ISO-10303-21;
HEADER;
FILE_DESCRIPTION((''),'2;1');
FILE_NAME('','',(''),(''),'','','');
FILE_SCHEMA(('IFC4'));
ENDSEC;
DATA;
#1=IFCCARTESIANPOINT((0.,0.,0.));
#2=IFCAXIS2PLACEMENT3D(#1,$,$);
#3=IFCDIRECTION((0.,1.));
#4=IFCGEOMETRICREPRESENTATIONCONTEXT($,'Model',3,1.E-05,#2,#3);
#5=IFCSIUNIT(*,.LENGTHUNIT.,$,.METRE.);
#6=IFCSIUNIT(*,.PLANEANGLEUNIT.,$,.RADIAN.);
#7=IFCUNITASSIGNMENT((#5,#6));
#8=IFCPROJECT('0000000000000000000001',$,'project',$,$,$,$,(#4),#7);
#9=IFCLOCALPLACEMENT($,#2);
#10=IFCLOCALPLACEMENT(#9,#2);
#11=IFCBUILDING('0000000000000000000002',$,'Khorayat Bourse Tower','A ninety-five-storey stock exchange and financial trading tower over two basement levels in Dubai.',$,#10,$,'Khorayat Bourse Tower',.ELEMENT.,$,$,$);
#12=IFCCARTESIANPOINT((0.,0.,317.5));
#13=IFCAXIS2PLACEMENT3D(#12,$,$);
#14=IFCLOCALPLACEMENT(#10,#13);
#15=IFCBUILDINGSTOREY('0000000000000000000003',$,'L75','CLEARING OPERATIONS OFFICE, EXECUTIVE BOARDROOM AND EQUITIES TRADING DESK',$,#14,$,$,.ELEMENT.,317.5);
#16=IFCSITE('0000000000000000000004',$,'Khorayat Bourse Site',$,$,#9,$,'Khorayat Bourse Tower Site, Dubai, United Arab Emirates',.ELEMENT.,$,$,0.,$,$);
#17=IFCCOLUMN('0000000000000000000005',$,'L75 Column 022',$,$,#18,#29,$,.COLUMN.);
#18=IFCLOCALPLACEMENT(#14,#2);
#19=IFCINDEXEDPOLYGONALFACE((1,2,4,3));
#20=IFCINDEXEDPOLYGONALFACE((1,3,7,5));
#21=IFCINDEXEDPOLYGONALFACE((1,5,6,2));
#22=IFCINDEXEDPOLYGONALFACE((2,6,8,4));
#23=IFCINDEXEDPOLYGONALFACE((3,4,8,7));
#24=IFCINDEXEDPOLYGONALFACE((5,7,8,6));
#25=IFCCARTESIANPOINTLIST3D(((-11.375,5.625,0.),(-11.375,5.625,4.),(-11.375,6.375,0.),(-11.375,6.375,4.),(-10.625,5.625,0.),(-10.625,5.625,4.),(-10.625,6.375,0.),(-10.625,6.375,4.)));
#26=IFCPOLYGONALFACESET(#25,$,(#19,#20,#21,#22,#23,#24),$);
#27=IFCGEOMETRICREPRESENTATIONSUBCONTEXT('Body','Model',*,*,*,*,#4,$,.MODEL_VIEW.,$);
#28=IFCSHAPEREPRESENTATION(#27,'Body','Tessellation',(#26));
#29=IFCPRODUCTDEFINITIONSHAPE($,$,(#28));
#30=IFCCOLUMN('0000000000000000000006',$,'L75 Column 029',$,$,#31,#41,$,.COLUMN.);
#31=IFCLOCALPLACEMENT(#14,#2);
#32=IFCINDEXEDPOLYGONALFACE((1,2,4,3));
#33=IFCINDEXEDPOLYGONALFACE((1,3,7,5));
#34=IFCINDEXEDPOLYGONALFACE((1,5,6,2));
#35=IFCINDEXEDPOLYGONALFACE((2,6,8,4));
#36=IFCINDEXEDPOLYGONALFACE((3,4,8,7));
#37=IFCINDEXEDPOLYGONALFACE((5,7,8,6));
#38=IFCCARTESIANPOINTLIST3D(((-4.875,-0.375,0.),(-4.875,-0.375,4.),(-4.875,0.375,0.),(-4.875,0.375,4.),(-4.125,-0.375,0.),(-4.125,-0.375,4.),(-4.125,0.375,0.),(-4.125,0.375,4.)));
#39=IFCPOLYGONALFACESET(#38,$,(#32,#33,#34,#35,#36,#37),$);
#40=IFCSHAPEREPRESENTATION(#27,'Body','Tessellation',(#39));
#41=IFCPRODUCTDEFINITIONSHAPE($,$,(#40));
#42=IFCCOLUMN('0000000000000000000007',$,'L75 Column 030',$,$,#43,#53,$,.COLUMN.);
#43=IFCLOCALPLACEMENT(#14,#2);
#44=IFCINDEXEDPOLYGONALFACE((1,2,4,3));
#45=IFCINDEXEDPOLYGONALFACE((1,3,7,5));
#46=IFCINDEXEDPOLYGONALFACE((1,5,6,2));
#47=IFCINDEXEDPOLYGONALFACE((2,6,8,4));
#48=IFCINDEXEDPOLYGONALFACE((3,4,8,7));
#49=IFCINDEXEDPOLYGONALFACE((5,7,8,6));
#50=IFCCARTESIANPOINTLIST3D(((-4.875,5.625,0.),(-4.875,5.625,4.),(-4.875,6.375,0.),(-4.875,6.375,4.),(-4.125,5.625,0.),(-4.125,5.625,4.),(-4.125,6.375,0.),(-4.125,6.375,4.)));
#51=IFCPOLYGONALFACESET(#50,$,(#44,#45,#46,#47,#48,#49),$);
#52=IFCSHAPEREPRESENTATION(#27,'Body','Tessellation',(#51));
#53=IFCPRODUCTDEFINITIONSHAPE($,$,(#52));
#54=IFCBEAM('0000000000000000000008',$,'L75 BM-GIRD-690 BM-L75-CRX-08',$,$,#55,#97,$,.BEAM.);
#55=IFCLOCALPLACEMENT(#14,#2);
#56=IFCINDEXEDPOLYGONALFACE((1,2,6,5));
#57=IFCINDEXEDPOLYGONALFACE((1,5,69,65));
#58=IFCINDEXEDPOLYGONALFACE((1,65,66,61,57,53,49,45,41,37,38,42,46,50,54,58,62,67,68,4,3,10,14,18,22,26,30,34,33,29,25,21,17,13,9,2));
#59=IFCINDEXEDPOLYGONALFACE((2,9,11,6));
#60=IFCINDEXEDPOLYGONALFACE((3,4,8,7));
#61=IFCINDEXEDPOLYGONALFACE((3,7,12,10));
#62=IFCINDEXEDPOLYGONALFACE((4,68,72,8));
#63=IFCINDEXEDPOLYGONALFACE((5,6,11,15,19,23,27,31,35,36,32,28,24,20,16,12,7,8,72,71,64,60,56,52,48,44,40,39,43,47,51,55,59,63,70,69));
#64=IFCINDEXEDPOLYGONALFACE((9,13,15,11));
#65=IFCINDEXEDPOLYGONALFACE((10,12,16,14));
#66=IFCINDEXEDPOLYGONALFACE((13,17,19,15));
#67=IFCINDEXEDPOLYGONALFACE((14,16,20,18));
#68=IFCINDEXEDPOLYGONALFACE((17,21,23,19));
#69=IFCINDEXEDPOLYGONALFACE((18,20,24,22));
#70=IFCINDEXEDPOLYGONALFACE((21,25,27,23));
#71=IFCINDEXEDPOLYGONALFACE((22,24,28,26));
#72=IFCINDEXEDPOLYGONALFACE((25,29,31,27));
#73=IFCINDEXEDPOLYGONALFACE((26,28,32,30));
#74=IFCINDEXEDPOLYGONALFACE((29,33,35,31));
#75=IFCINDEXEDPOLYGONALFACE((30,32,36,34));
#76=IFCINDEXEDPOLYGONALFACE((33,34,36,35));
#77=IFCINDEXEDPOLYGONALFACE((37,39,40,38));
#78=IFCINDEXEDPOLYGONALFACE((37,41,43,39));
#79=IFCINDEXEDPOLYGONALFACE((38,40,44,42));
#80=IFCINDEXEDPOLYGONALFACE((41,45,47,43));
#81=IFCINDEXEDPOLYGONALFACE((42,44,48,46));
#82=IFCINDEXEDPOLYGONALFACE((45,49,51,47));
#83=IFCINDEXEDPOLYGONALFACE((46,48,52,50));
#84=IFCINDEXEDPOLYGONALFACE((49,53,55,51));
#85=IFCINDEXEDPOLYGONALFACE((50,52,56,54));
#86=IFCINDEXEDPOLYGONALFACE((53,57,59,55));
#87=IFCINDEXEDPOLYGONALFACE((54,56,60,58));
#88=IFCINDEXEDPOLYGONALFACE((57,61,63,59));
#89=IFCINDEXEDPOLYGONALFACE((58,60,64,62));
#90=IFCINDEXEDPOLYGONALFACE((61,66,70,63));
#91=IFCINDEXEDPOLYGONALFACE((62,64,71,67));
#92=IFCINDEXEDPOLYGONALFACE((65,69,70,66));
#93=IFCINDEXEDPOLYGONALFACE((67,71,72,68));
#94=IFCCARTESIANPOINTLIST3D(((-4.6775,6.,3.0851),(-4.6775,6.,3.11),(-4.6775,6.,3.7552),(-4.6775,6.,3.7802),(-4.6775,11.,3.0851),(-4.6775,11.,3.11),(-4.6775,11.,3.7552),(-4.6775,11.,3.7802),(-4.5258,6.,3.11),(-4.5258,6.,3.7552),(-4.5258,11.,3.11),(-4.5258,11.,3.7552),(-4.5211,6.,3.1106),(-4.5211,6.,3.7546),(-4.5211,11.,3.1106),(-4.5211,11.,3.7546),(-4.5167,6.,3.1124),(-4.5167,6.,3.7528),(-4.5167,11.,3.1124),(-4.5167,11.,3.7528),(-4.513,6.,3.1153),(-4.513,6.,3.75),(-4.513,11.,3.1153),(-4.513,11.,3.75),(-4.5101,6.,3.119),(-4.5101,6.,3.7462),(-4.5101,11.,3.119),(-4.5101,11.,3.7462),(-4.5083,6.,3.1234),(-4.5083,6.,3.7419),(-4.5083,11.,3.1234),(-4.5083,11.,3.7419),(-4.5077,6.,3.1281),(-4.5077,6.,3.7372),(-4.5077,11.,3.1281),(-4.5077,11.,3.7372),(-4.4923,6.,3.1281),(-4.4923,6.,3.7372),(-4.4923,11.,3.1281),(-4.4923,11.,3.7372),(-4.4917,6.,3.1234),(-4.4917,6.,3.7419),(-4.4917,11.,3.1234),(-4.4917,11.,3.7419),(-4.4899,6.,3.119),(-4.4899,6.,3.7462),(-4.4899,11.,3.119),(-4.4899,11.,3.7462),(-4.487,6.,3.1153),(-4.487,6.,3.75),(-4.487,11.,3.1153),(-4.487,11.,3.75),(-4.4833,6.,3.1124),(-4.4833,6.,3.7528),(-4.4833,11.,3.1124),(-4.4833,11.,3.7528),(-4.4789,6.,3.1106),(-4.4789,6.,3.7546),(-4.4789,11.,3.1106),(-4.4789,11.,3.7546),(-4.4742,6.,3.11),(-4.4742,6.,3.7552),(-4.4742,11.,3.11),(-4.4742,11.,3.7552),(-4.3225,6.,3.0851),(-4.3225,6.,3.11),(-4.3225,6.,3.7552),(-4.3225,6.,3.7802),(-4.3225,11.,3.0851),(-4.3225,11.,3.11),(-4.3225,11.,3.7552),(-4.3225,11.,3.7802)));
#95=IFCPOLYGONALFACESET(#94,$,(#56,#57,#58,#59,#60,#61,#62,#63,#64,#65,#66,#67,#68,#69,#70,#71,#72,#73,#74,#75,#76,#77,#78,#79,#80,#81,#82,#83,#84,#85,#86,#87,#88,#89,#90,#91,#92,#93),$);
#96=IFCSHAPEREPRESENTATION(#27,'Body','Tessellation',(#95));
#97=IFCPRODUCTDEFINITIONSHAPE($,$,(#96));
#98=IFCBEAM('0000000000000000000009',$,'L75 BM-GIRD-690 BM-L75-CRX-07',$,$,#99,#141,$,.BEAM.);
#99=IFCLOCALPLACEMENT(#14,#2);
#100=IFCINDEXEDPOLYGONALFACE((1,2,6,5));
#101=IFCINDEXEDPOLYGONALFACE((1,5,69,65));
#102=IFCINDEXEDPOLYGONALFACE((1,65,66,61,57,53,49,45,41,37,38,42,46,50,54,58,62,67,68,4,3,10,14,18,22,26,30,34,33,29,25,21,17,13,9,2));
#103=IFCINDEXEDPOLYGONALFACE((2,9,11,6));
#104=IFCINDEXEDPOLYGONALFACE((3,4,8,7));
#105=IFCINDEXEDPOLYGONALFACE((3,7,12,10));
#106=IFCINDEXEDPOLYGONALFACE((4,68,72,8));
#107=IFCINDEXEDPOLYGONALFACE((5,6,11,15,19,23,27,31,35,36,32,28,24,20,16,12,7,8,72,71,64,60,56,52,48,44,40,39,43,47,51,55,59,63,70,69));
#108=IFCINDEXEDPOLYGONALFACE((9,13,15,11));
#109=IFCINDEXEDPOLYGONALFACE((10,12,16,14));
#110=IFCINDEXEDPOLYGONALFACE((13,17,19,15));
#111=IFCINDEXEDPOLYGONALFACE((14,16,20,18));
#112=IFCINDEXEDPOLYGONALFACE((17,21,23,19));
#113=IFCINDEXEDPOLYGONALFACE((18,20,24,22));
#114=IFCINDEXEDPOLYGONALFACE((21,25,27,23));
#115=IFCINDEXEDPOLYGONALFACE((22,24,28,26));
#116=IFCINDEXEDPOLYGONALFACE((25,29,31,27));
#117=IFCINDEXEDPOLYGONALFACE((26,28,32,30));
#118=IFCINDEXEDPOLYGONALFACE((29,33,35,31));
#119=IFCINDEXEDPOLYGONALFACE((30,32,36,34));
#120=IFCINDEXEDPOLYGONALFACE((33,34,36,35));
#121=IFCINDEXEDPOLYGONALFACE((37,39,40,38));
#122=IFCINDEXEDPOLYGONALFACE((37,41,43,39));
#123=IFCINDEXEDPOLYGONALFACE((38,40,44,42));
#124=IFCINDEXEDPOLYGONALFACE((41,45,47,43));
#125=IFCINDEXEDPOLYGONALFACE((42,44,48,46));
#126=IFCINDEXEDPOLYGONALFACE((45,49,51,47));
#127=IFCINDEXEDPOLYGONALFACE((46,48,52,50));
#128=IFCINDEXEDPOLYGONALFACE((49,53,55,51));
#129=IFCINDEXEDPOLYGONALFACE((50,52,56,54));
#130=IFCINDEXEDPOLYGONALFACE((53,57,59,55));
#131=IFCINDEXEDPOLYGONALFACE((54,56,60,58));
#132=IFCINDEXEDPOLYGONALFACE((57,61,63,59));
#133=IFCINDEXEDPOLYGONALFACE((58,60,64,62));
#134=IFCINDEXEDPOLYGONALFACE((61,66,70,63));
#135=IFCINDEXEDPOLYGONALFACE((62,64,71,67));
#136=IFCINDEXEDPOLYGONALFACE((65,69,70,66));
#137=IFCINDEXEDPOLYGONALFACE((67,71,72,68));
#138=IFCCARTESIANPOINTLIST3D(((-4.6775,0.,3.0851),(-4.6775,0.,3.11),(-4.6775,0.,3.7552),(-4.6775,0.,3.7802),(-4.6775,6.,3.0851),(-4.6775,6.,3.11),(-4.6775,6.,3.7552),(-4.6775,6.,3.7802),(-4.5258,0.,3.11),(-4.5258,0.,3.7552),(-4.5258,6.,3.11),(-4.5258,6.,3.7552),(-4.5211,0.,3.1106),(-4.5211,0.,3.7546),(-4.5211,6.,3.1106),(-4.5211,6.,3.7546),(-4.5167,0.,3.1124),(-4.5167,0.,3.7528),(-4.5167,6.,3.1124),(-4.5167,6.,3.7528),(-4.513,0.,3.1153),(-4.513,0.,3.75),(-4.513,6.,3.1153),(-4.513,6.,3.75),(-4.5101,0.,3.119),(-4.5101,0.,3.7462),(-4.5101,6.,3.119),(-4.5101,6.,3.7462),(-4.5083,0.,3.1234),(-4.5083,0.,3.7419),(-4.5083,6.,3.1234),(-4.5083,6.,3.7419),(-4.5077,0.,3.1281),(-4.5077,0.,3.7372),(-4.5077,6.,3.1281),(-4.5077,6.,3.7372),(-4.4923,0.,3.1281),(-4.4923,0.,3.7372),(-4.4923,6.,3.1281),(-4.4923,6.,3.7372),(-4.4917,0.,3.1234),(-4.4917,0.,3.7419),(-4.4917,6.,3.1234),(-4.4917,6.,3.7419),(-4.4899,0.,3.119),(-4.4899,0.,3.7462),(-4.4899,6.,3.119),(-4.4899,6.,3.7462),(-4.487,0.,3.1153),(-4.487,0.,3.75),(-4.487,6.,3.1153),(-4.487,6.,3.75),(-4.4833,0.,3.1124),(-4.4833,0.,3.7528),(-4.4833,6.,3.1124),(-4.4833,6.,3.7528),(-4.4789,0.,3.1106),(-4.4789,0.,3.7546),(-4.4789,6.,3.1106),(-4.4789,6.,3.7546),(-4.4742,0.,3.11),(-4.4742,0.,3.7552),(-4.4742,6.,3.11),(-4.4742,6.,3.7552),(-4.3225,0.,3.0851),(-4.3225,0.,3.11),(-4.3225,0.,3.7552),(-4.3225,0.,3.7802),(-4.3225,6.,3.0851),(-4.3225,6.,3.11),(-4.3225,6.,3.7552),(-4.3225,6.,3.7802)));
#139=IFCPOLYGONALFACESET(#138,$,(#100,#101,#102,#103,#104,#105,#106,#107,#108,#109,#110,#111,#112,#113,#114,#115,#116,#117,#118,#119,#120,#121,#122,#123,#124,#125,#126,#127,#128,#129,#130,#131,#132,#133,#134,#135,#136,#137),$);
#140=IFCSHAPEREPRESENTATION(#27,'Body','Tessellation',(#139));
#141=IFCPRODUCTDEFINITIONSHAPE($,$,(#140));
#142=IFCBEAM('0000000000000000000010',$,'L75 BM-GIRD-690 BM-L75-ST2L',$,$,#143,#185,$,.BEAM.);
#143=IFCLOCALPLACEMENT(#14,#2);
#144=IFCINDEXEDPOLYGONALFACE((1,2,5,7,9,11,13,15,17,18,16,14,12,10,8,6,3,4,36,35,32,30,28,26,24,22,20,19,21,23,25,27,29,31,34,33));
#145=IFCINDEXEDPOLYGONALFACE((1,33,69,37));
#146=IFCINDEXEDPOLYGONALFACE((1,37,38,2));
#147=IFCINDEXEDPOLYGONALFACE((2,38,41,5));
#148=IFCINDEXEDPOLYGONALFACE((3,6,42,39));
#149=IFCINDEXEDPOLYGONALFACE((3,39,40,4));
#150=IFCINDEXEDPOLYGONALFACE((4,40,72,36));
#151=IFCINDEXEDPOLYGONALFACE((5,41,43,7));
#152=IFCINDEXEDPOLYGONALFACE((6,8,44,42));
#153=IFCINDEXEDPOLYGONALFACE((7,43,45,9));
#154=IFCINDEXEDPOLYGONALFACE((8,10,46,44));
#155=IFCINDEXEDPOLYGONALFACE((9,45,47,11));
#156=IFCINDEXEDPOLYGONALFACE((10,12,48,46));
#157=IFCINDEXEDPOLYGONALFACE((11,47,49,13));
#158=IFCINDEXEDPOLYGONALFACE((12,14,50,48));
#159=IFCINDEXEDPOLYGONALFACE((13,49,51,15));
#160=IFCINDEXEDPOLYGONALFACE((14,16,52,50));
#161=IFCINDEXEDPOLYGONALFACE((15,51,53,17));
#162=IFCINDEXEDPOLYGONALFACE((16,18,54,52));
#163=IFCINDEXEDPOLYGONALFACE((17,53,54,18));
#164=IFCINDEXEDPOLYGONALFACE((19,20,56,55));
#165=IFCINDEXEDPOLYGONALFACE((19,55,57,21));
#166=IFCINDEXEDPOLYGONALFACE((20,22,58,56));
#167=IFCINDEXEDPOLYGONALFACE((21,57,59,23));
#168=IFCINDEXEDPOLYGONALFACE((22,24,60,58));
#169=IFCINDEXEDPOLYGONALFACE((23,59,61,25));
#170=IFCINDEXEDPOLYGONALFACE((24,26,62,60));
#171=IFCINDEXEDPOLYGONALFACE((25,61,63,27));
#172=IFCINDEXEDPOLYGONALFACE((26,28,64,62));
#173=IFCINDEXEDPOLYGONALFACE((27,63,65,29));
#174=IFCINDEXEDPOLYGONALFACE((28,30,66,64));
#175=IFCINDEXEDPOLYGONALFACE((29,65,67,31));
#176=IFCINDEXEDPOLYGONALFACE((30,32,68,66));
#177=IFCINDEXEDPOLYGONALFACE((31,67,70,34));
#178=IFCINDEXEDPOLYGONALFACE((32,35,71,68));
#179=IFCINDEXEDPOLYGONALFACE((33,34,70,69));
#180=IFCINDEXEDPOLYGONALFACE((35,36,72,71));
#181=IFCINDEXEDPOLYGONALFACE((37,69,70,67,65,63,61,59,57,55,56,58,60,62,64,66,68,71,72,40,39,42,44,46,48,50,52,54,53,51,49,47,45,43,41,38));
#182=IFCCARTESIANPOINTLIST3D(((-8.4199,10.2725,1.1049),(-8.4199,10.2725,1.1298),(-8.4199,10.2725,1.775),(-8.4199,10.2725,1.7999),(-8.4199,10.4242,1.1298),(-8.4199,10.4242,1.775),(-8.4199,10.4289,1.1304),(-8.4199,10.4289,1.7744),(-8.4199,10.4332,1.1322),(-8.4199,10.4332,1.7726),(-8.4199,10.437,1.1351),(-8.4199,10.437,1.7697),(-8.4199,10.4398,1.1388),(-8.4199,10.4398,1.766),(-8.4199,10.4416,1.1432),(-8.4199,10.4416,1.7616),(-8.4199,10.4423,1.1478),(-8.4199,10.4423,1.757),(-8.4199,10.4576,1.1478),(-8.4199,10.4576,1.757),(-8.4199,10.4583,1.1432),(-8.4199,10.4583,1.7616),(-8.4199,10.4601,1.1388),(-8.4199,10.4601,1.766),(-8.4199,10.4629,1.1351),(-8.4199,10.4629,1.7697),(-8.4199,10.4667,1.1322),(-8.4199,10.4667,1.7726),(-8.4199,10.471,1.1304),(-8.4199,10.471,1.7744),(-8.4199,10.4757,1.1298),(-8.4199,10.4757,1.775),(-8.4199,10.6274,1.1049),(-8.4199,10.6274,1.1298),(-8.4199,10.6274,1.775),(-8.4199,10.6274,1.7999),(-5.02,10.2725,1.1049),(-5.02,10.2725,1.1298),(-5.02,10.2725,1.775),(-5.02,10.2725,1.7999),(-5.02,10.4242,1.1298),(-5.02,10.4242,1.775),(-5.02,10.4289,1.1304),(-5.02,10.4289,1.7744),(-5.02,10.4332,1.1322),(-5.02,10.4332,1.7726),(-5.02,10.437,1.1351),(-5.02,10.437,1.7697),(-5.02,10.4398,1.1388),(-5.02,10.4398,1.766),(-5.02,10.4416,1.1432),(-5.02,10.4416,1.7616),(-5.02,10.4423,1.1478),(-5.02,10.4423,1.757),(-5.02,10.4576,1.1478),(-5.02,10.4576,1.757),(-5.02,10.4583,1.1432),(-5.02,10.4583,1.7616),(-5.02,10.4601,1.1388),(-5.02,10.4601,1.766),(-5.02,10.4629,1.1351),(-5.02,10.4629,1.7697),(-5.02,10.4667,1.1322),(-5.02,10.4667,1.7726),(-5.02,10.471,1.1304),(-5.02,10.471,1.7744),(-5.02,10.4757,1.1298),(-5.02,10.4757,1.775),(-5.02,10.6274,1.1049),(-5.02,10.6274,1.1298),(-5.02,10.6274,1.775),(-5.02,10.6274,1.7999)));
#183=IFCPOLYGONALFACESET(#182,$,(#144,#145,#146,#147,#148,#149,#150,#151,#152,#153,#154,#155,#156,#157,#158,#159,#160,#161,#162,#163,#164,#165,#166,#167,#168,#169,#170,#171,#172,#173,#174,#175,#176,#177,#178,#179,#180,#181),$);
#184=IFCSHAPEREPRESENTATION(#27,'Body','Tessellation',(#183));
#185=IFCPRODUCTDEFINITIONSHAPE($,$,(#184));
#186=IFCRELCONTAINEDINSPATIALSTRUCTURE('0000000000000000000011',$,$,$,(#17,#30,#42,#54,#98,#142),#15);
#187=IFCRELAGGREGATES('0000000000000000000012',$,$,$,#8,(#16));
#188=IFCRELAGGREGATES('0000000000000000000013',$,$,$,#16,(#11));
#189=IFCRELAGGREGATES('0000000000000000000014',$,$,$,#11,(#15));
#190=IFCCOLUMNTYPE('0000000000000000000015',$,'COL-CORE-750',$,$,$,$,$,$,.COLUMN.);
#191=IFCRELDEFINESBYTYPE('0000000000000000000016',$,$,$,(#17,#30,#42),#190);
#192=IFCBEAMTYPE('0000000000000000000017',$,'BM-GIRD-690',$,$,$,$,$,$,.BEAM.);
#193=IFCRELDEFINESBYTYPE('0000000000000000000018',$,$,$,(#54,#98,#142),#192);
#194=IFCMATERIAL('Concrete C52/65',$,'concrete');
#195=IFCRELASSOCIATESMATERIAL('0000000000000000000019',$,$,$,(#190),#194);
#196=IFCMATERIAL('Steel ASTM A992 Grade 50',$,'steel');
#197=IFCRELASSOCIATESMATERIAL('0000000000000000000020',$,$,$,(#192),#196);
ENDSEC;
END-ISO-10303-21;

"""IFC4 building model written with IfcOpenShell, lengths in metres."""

from ifc_helpers import new_model, si_unit, direction, frame, origin, origin_2d, place, context, subcontext, project, spatial, rectangle, i_section, extrude, source, transform, mapped, material, material_profile, profile_set, type_object, element, save


model = new_model("IFC4")

# Units and contexts
model_context = context("Model", 3, precision=1e-05, world=origin(), true_north=direction((0.0, 1.0)))
body_context = subcontext(model_context, "Body", "Model", "MODEL_VIEW")
ifc_project = project(units=[si_unit("LENGTHUNIT", "METRE"), si_unit("PLANEANGLEUNIT", "RADIAN")], contexts=[model_context])

# Site, building, storey
site_placement = place(None, origin())
site = spatial("IfcSite", under=ifc_project, at=site_placement, Name="Khorayat Bourse Site", LongName="Khorayat Bourse Tower Site, Dubai, United Arab Emirates", CompositionType="ELEMENT", RefElevation=0.0)
building_placement = place(site_placement, origin())
building = spatial("IfcBuilding", under=site, at=building_placement, Name="Khorayat Bourse Tower", Description="A ninety-five-storey stock exchange and financial trading tower over two basement levels in Dubai.", LongName="Khorayat Bourse Tower", CompositionType="ELEMENT")
storey_placement = place(building_placement, frame((0.0, 0.0, 317.5)))
storey = spatial("IfcBuildingStorey", under=building, at=storey_placement, Name="L75", Description="CLEARING OPERATIONS OFFICE, EXECUTIVE BOARDROOM AND EQUITIES TRADING DESK", CompositionType="ELEMENT", Elevation=317.5)

# Columns
ifc_material_1 = material(Name="Concrete C52/65", Category="concrete")
ifc_material_profile_1 = material_profile(ifc_material_1, rectangle(XDim=0.75, YDim=0.75, at=origin_2d()), Name="RC 750x750")
ifc_profile_set_1 = profile_set([ifc_material_profile_1], Name="Concrete C52/65")
column_type = type_object("IfcColumnType", Name="COL-CORE-750", PredefinedType="COLUMN", material=ifc_profile_set_1)
shared_shape_1 = source(origin(), body_context, "Body", "SweptSolid", [
    extrude(rectangle(XDim=0.75, YDim=0.75, at=origin_2d()), origin(), (0.0, 0.0, 1.0), 4.0),
])
for number, where, z_axis, x_axis, name in (
    (1, (-11.0, 6.0, 0.0), (0.0, 0.0, 1.0), (1.0, 0.0, 0.0), "L75 Column 022"),
    (2, (-4.5, 0.0, 0.0), (0.0, 0.0, 1.0), (1.0, 0.0, 0.0), "L75 Column 029"),
    (3, (-4.5, 6.0, 0.0), (0.0, 0.0, 1.0), (1.0, 0.0, 0.0), "L75 Column 030"),
):
    element("IfcColumn", number, at=place(storey_placement, frame(where, z_axis=z_axis, x_axis=x_axis)), inside=storey, type_object=column_type, Name=name, PredefinedType="COLUMN", context=body_context, shape_type="MappedRepresentation", body=[
        mapped(shared_shape_1, transform((0.0, 0.0, 0.0), scale=1.0)),
    ])

# Beams
ifc_material_2 = material(Name="Steel ASTM A992 Grade 50", Category="steel")
ifc_material_profile_2 = material_profile(ifc_material_2, i_section(OverallWidth=0.355, OverallDepth=0.6951, WebThickness=0.0154, FlangeThickness=0.0249, FilletRadius=0.0181, at=origin_2d()), Name="W690X217")
ifc_profile_set_2 = profile_set([ifc_material_profile_2], Name="Steel ASTM A992 Grade 50")
beam_type_1 = type_object("IfcBeamType", Name="BM-GIRD-690", PredefinedType="BEAM", material=ifc_profile_set_2)
shared_shape_2 = source(origin(), body_context, "Body", "SweptSolid", [
    extrude(i_section(OverallWidth=0.355, OverallDepth=0.6951, WebThickness=0.0154, FlangeThickness=0.0249, FilletRadius=0.0181, at=origin_2d()), origin(), (0.0, 0.0, 1.0), 5.0),
])
beam_1_placement = place(storey_placement, frame((-4.5, 6.0, 3.4326), z_axis=(0.0, 1.0, 0.0), x_axis=(-1.0, 0.0, 0.0)))
element("IfcBeam", 4, at=beam_1_placement, inside=storey, type_object=beam_type_1, Name="L75 BM-GIRD-690 BM-L75-CRX-08", PredefinedType="BEAM", context=body_context, shape_type="MappedRepresentation", body=[
    mapped(shared_shape_2, transform((0.0, 0.0, 0.0), scale=1.0)),
])
shared_shape_3 = source(origin(), body_context, "Body", "SweptSolid", [
    extrude(i_section(OverallWidth=0.355, OverallDepth=0.6951, WebThickness=0.0154, FlangeThickness=0.0249, FilletRadius=0.0181, at=origin_2d()), origin(), (0.0, 0.0, 1.0), 6.0),
])
beam_2_placement = place(storey_placement, frame((-4.5, 0.0, 3.4326), z_axis=(0.0, 1.0, 0.0), x_axis=(-1.0, 0.0, 0.0)))
element("IfcBeam", 5, at=beam_2_placement, inside=storey, type_object=beam_type_1, Name="L75 BM-GIRD-690 BM-L75-CRX-07", PredefinedType="BEAM", context=body_context, shape_type="MappedRepresentation", body=[
    mapped(shared_shape_3, transform((0.0, 0.0, 0.0), scale=1.0)),
])
shared_shape_4 = source(origin(), body_context, "Body", "SweptSolid", [
    extrude(i_section(OverallWidth=0.355, OverallDepth=0.6951, WebThickness=0.0154, FlangeThickness=0.0249, FilletRadius=0.0181, at=origin_2d()), origin(), (0.0, 0.0, 1.0), 3.3999),
])
beam_3_placement = place(storey_placement, frame((-8.4199, 10.45, 1.4524), z_axis=(1.0, 0.0, 0.0), x_axis=(0.0, 1.0, 0.0)))
element("IfcBeam", 6, at=beam_3_placement, inside=storey, type_object=beam_type_1, Name="L75 BM-GIRD-690 BM-L75-ST2L", PredefinedType="BEAM", context=body_context, shape_type="MappedRepresentation", body=[
    mapped(shared_shape_4, transform((0.0, 0.0, 0.0), scale=1.0)),
])

save(model, "model.ifc")
